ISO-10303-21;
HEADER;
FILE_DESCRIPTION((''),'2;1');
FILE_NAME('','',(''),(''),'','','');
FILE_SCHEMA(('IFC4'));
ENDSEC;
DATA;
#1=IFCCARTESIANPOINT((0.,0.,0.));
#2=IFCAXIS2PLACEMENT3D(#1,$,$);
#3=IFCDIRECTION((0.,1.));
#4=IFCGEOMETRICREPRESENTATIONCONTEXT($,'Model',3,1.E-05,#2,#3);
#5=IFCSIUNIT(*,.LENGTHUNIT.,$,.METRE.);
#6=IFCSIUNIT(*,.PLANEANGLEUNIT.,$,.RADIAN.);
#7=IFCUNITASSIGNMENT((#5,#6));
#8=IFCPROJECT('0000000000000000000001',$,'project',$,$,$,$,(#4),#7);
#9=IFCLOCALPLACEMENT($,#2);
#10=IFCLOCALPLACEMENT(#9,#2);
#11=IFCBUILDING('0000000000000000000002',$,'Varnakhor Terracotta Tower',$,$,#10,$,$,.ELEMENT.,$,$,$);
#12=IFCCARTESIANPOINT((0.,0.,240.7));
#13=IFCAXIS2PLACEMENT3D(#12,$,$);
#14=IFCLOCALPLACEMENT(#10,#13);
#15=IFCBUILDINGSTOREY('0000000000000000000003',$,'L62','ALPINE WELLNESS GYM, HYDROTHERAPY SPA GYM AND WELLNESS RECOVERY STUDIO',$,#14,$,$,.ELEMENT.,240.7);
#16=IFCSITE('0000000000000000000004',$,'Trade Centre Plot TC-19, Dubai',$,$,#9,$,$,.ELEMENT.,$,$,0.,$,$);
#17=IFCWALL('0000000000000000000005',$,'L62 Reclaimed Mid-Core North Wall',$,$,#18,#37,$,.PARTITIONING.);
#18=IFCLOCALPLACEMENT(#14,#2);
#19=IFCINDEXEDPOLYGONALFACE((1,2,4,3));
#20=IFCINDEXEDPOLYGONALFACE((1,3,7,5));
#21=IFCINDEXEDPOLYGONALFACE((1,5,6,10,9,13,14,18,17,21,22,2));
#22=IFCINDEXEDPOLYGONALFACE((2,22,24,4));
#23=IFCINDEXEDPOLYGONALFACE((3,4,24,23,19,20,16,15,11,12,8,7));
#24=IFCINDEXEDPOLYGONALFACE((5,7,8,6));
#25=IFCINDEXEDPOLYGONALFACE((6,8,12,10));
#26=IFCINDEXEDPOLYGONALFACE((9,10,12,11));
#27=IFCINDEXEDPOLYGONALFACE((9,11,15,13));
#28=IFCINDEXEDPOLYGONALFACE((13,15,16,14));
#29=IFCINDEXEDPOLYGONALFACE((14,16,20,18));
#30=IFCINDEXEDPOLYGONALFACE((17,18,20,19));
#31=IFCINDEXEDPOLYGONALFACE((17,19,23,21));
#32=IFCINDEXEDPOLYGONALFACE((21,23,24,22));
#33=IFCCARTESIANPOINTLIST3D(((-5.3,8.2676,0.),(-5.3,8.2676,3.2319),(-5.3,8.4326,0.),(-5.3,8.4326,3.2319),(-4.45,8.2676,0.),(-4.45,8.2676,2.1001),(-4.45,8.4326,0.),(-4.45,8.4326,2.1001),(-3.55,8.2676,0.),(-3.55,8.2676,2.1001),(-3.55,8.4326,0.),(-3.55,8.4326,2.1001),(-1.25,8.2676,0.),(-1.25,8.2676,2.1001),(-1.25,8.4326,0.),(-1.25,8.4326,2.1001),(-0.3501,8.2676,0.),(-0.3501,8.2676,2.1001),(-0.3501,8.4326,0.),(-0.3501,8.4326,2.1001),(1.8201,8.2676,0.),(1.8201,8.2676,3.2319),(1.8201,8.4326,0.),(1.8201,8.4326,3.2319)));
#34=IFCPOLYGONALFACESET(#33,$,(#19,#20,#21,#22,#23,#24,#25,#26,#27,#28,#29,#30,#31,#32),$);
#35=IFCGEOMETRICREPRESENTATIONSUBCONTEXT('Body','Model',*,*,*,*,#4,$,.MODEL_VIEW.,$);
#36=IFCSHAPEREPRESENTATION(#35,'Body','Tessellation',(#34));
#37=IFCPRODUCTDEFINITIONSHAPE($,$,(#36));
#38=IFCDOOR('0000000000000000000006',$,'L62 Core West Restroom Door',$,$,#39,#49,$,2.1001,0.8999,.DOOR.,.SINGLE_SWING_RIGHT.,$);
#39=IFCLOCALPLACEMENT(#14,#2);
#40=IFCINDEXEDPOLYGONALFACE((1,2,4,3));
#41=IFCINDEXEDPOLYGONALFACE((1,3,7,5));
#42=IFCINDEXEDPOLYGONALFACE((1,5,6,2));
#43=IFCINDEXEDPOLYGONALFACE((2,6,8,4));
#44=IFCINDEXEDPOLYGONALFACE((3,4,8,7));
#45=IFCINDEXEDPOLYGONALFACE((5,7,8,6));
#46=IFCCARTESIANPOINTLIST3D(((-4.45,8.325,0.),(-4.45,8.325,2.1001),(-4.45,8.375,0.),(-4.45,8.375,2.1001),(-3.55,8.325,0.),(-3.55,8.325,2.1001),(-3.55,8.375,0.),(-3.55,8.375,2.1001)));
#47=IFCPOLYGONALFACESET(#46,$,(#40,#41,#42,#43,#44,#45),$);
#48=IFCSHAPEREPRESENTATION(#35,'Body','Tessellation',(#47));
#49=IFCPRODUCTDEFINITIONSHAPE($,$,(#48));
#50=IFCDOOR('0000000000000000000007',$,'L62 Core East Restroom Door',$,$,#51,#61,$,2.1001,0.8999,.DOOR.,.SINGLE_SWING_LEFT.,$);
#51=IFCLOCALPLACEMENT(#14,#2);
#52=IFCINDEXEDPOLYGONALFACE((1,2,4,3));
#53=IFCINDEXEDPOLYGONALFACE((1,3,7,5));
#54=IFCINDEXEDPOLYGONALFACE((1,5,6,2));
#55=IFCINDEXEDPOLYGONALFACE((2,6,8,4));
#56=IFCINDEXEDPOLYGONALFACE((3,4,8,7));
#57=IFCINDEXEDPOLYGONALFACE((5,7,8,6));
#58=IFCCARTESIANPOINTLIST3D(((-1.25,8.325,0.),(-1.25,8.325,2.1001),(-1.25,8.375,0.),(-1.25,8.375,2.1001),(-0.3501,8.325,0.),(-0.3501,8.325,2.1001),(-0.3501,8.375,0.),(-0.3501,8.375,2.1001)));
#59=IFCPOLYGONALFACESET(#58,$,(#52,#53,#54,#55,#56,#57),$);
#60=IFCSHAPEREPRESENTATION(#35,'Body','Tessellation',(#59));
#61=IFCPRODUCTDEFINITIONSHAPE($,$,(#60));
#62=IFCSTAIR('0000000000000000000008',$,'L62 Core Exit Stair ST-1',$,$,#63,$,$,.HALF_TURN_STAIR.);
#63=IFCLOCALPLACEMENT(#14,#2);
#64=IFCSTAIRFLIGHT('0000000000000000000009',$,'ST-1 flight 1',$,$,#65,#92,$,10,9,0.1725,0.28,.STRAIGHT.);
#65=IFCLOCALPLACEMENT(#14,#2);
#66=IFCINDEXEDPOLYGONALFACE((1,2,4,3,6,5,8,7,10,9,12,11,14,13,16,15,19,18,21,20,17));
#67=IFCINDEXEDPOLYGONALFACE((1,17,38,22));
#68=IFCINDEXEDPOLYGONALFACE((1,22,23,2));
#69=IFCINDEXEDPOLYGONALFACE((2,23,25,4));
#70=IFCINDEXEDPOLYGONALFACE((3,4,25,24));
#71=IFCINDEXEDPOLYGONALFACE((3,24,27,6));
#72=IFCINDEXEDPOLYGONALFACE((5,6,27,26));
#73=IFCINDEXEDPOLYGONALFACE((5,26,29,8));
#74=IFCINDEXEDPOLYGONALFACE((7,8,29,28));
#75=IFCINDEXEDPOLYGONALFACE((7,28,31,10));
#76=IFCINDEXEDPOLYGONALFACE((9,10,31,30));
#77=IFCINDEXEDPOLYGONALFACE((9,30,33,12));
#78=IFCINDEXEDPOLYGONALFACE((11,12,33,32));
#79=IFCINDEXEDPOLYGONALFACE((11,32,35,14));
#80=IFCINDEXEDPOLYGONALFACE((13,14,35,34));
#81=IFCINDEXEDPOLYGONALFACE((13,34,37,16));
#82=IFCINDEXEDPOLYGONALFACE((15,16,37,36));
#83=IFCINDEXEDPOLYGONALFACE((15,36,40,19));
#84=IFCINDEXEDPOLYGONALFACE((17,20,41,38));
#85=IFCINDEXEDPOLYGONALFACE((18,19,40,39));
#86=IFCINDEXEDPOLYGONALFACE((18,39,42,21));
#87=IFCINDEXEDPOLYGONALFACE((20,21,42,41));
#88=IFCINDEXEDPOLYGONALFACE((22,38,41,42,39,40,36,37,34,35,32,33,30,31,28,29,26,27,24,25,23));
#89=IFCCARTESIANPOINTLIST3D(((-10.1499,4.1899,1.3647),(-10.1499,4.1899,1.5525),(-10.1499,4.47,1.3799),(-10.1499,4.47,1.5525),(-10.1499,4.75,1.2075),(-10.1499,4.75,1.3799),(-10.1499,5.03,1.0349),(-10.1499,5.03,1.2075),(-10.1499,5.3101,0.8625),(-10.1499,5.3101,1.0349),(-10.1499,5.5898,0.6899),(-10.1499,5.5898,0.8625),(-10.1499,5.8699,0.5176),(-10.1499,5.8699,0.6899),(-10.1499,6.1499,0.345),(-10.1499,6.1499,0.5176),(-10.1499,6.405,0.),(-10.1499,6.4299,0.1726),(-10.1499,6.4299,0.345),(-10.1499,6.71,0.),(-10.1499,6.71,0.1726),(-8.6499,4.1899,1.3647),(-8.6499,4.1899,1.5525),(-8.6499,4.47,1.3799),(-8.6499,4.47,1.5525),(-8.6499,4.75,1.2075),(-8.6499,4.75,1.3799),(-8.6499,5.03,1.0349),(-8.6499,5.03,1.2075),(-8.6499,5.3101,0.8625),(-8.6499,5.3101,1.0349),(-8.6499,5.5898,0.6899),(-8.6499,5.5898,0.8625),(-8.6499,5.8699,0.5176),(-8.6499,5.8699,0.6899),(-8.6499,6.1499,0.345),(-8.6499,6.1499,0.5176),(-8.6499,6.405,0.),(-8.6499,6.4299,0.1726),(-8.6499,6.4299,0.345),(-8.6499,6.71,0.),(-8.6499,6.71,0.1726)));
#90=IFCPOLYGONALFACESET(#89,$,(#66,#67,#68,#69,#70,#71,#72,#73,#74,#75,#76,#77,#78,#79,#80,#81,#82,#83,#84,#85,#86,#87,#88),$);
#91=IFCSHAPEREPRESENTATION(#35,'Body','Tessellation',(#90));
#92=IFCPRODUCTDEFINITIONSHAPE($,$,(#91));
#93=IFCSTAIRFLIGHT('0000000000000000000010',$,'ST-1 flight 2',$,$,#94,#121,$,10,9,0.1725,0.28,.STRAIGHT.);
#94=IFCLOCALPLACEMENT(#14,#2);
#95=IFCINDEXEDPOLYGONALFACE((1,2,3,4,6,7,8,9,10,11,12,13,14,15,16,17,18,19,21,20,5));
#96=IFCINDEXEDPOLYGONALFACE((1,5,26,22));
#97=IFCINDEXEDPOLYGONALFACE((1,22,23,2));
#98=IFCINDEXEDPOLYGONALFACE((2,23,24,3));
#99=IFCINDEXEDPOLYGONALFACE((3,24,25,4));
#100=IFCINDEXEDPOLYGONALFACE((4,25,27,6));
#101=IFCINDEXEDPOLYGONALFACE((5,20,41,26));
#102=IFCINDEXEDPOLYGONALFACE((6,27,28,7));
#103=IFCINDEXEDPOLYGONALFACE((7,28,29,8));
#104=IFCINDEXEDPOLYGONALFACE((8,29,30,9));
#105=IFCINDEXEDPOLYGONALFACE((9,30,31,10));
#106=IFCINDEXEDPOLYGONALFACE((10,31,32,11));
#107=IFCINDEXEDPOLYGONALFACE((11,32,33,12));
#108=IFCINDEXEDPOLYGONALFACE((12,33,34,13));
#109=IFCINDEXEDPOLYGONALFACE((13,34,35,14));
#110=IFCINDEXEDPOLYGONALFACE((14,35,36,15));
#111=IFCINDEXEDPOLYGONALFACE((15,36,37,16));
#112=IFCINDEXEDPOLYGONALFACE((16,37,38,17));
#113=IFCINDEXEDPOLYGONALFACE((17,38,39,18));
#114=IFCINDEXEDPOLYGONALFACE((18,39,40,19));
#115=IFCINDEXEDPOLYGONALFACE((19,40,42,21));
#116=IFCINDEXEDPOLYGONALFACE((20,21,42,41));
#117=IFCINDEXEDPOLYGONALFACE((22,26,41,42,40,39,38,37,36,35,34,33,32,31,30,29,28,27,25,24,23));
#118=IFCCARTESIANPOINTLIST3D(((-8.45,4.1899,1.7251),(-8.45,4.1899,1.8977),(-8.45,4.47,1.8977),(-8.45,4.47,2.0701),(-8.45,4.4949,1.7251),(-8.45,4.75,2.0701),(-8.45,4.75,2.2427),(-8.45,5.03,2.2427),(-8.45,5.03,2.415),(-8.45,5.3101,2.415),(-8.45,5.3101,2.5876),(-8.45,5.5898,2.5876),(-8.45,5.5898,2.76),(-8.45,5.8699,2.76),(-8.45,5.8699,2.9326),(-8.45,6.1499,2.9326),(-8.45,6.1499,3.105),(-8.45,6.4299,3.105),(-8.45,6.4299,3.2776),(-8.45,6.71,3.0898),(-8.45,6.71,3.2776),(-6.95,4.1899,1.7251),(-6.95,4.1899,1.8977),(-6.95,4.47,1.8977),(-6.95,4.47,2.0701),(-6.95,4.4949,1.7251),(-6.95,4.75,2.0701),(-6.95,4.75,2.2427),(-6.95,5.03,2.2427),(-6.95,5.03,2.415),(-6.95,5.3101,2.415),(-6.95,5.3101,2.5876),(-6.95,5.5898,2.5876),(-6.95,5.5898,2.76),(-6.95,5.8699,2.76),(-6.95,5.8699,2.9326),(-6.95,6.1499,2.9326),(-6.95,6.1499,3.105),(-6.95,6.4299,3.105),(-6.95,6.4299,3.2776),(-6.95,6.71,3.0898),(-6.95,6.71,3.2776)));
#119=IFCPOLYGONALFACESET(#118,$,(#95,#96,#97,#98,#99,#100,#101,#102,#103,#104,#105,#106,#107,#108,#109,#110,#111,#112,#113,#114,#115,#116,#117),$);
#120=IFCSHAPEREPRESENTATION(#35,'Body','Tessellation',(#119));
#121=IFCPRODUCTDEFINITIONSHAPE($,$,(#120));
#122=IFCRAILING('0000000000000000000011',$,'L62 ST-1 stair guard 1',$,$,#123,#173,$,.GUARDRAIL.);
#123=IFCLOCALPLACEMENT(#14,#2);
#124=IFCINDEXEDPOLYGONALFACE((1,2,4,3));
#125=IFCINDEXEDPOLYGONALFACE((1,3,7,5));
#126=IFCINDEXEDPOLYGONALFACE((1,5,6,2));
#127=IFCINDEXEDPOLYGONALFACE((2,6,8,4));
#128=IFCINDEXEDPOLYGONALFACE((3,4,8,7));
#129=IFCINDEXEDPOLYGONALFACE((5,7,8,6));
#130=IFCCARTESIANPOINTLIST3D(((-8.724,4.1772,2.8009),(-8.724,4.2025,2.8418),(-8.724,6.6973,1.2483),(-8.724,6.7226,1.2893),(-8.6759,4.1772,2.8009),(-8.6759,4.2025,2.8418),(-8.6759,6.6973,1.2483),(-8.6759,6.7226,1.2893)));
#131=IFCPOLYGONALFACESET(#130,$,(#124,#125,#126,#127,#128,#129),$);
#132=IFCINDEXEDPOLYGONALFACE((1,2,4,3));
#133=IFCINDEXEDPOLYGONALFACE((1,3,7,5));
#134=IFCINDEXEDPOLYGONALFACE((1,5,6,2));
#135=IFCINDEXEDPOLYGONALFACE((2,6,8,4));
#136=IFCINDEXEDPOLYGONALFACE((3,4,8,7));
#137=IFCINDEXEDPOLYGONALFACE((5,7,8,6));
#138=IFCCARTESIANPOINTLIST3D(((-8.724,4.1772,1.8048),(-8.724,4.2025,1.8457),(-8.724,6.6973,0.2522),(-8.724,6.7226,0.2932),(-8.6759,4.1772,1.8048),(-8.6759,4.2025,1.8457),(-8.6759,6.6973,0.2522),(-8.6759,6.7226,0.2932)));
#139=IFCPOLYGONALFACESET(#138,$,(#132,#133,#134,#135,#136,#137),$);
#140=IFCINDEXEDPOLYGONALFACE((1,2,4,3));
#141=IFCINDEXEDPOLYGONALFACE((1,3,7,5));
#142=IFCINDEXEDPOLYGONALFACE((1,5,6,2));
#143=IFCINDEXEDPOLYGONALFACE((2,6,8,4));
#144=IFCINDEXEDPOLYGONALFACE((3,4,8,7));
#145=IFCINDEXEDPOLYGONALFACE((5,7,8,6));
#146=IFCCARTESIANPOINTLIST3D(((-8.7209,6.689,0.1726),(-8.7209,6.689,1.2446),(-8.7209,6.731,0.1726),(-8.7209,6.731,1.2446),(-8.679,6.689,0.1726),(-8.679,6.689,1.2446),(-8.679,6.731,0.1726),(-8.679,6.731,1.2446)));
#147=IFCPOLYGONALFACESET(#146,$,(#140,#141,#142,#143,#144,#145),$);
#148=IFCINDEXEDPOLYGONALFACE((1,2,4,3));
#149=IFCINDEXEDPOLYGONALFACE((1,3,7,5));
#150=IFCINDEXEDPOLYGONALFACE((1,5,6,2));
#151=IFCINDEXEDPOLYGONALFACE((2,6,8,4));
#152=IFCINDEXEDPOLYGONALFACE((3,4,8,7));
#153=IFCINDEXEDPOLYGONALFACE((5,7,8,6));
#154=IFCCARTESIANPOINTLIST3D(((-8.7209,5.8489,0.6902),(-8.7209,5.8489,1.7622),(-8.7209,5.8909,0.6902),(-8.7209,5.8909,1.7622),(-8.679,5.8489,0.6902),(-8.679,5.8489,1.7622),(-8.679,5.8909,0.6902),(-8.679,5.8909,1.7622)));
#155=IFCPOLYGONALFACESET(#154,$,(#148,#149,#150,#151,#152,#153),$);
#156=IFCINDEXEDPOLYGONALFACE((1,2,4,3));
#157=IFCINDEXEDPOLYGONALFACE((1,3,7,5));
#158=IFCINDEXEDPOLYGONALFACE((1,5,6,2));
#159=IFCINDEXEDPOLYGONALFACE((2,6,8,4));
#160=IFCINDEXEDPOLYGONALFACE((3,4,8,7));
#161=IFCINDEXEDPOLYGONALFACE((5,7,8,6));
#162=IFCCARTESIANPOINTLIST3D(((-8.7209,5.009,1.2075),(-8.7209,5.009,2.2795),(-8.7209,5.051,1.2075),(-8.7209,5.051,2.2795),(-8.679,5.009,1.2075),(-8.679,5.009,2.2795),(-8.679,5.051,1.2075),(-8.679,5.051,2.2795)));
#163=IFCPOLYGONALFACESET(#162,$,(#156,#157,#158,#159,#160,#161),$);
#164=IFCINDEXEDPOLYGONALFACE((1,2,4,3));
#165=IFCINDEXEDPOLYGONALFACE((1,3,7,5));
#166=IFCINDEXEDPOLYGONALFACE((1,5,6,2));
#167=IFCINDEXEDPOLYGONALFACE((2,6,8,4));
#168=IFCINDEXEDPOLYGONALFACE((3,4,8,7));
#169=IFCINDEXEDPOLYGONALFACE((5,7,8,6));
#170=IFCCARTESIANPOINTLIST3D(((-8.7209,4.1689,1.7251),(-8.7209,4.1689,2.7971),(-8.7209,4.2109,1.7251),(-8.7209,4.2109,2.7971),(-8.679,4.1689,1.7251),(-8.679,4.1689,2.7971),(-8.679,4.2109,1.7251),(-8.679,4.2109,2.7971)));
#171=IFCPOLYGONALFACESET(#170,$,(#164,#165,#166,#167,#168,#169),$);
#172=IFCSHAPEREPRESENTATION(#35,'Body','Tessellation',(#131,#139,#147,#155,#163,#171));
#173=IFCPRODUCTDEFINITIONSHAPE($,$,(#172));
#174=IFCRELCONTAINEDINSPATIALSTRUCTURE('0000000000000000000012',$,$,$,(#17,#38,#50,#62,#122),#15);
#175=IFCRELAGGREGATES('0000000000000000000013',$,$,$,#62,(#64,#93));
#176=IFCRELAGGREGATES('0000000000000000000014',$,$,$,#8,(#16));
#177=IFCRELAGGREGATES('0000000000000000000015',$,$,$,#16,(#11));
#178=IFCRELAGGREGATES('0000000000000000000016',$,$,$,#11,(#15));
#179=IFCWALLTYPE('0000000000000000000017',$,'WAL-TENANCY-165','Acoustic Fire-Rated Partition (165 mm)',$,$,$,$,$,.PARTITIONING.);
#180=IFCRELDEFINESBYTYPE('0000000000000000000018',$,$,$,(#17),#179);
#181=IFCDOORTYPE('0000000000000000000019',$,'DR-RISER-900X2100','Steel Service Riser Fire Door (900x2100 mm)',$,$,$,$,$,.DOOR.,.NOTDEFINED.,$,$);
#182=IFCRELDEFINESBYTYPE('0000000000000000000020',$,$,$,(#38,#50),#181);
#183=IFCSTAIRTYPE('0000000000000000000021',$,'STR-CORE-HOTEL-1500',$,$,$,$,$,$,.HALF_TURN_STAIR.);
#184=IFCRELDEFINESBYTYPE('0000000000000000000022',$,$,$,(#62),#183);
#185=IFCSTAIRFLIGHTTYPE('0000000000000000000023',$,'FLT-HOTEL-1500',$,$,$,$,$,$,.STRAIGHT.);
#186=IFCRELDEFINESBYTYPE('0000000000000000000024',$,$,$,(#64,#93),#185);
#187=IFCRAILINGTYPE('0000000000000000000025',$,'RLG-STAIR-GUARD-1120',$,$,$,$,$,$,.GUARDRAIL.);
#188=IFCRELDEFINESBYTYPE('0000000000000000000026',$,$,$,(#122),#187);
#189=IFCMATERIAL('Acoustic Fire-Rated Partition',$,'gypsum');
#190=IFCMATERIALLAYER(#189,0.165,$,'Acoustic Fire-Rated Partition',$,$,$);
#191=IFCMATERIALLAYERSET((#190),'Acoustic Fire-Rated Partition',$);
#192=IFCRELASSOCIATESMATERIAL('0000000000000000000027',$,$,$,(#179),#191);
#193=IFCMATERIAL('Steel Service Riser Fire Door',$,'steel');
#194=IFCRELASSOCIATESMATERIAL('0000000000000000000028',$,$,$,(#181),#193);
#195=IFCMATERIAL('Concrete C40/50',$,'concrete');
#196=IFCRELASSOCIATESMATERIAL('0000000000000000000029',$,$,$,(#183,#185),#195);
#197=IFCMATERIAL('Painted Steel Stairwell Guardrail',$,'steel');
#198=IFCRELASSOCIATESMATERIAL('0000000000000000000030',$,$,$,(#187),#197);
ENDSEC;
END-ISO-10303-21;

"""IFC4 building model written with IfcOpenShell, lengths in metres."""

from ifc_helpers import new_model, si_unit, direction, frame, frame_2d, origin, origin_2d, place, context, subcontext, project, spatial, polyline, rectangle, outline, extrude, source, transform, mapped, material, layer, layer_set, type_object, type_shapes, element, fill, aggregate, save


model = new_model("IFC4")

# Units and contexts
model_context = context("Model", 3, precision=1e-05, world=origin(), true_north=direction((0.0, 1.0)))
body_context = subcontext(model_context, "Body", "Model", "MODEL_VIEW")
ifc_project = project(units=[si_unit("LENGTHUNIT", "METRE"), si_unit("PLANEANGLEUNIT", "RADIAN")], contexts=[model_context])

# Site, building, storey
site_placement = place(None, origin())
site = spatial("IfcSite", under=ifc_project, at=site_placement, Name="Trade Centre Plot TC-19, Dubai", CompositionType="ELEMENT", RefElevation=0.0)
building_placement = place(site_placement, origin())
building = spatial("IfcBuilding", under=site, at=building_placement, Name="Varnakhor Terracotta Tower", CompositionType="ELEMENT")
storey_placement = place(building_placement, frame((0.0, 0.0, 240.7)))
storey = spatial("IfcBuildingStorey", under=building, at=storey_placement, Name="L62", Description="ALPINE WELLNESS GYM, HYDROTHERAPY SPA GYM AND WELLNESS RECOVERY STUDIO", CompositionType="ELEMENT", Elevation=240.7)

# Shared definitions
ifc_material_1 = material(Name="Concrete C40/50", Category="concrete")

# Shared definitions
ifc_material_2 = material(Name="Acoustic Fire-Rated Partition", Category="gypsum")
ifc_layer_1 = layer(ifc_material_2, 0.165, Name="Acoustic Fire-Rated Partition")
ifc_layer_set_1 = layer_set([ifc_layer_1], Name="Acoustic Fire-Rated Partition")
wall_type_1 = type_object("IfcWallType", Name="WAL-TENANCY-165", Description="Acoustic Fire-Rated Partition (165 mm)", PredefinedType="PARTITIONING", material=ifc_layer_set_1)
ifc_material_3 = material(Name="Steel Service Riser Fire Door", Category="steel")
door_type_1 = type_object("IfcDoorType", Name="DR-RISER-900X2100", Description="Steel Service Riser Fire Door (900x2100 mm)", OperationType="NOTDEFINED", PredefinedType="DOOR", material=ifc_material_3)
shared_shape_1 = source(origin(), body_context, "Body", "SweptSolid", [
    extrude(rectangle(XDim=0.8999, YDim=2.1001, at=frame_2d((0.45, 1.05))), frame((0.0, 0.0249, 0.0), z_axis=(0.0, -1.0, 0.0), x_axis=(1.0, 0.0, 0.0)), (0.0, 0.0, 1.0), 0.05),
])
type_shapes(door_type_1, [shared_shape_1])

# Wall, openings, doors
wall_1_placement = place(storey_placement, frame((-5.3, 8.3501, 0.0), z_axis=(0.0, 0.0, 1.0), x_axis=(1.0, 0.0, 0.0)))
wall_1 = element("IfcWall", 1, at=wall_1_placement, inside=storey, type_object=wall_type_1, Name="L62 Reclaimed Mid-Core North Wall", PredefinedType="PARTITIONING", context=body_context, shape_type="SweptSolid", body=[
    extrude(rectangle(XDim=7.1201, YDim=0.165, at=frame_2d((3.5601, 0.0))), origin(), (0.0, 0.0, 1.0), 3.2319),
])
opening_1_placement = place(wall_1_placement, frame((0.8501, 0.0, 0.0)))
opening_1 = element("IfcOpeningElement", 2, at=opening_1_placement, cuts=wall_1, PredefinedType="OPENING", context=body_context, shape_type="SweptSolid", body=[
    extrude(rectangle(XDim=0.8999, YDim=2.1001, at=frame_2d((0.45, 1.05))), frame((0.0, 0.0925, 0.0), z_axis=(0.0, -1.0, 0.0), x_axis=(1.0, 0.0, 0.0)), (0.0, 0.0, 1.0), 0.1851),
])
opening_2_placement = place(wall_1_placement, frame((4.05, 0.0, 0.0)))
opening_2 = element("IfcOpeningElement", 3, at=opening_2_placement, cuts=wall_1, PredefinedType="OPENING", context=body_context, shape_type="SweptSolid", body=[
    extrude(rectangle(XDim=0.8999, YDim=2.1001, at=frame_2d((0.45, 1.05))), frame((0.0, 0.0925, 0.0), z_axis=(0.0, -1.0, 0.0), x_axis=(1.0, 0.0, 0.0)), (0.0, 0.0, 1.0), 0.1851),
])
door_1_placement = place(opening_1_placement, origin())
door_1 = element("IfcDoor", 4, at=door_1_placement, inside=storey, type_object=door_type_1, Name="L62 Core West Restroom Door", OperationType="SINGLE_SWING_RIGHT", OverallHeight=2.1001, OverallWidth=0.8999, PredefinedType="DOOR", context=body_context, shape_type="MappedRepresentation", body=[
    mapped(shared_shape_1, transform((0.0, 0.0, 0.0), scale=1.0)),
])
fill(opening_1, door_1)
door_2_placement = place(opening_2_placement, origin())
door_2 = element("IfcDoor", 5, at=door_2_placement, inside=storey, type_object=door_type_1, Name="L62 Core East Restroom Door", OperationType="SINGLE_SWING_LEFT", OverallHeight=2.1001, OverallWidth=0.8999, PredefinedType="DOOR", context=body_context, shape_type="MappedRepresentation", body=[
    mapped(shared_shape_1, transform((0.0, 0.0, 0.0), scale=1.0)),
])
fill(opening_2, door_2)

# Stair, stair flights
stair_type = type_object("IfcStairType", Name="STR-CORE-HOTEL-1500", PredefinedType="HALF_TURN_STAIR", material=ifc_material_1)
stair_placement = place(storey_placement, origin())
stair = element("IfcStair", 6, at=stair_placement, inside=storey, type_object=stair_type, Name="L62 Core Exit Stair ST-1", PredefinedType="HALF_TURN_STAIR")
stair_flight_type = type_object("IfcStairFlightType", Name="FLT-HOTEL-1500", PredefinedType="STRAIGHT", material=ifc_material_1)
stair_flight_1_placement = place(storey_placement, frame((-9.3999, 6.71, 0.0), z_axis=(0.0, 0.0, 1.0), x_axis=(0.0, -1.0, 0.0)))
stair_flight_1 = element("IfcStairFlight", 7, at=stair_flight_1_placement, type_object=stair_flight_type, Name="ST-1 flight 1", NumberOfRisers=10, NumberOfTreads=9, PredefinedType="STRAIGHT", RiserHeight=0.1725, TreadLength=0.28, context=body_context, shape_type="SweptSolid", body=[
    extrude(outline(polyline([(0.0, 0.0), (0.0, 0.1726), (0.28, 0.1726), (0.28, 0.345), (0.5601, 0.345), (0.5601, 0.5176), (0.8401, 0.5176), (0.8401, 0.6899), (1.1201, 0.6899), (1.1201, 0.8625), (1.3999, 0.8625), (1.3999, 1.0349), (1.6799, 1.0349), (1.6799, 1.2075), (1.96, 1.2075), (1.96, 1.3799), (2.24, 1.3799), (2.24, 1.5525), (2.52, 1.5525), (2.52, 1.7251), (2.52, 1.3647), (0.3049, 0.0), (0.0, 0.0)])), frame((0.0, 0.75, 0.0), z_axis=(0.0, -1.0, 0.0), x_axis=(1.0, 0.0, 0.0)), (0.0, 0.0, 1.0), 1.5),
])
stair_flight_2_placement = place(storey_placement, frame((-7.7, 4.1899, 1.7251), z_axis=(0.0, 0.0, 1.0), x_axis=(0.0, 1.0, 0.0)))
stair_flight_2 = element("IfcStairFlight", 8, at=stair_flight_2_placement, type_object=stair_flight_type, Name="ST-1 flight 2", NumberOfRisers=10, NumberOfTreads=9, PredefinedType="STRAIGHT", RiserHeight=0.1725, TreadLength=0.28, context=body_context, shape_type="SweptSolid", body=[
    extrude(outline(polyline([(0.0, 0.0), (0.0, 0.1726), (0.28, 0.1726), (0.28, 0.345), (0.5601, 0.345), (0.5601, 0.5176), (0.8401, 0.5176), (0.8401, 0.6899), (1.1201, 0.6899), (1.1201, 0.8625), (1.3999, 0.8625), (1.3999, 1.0349), (1.6799, 1.0349), (1.6799, 1.2075), (1.96, 1.2075), (1.96, 1.3799), (2.24, 1.3799), (2.24, 1.5525), (2.52, 1.5525), (2.52, 1.7251), (2.52, 1.3647), (0.3049, 0.0), (0.0, 0.0)])), frame((0.0, 0.75, 0.0), z_axis=(0.0, -1.0, 0.0), x_axis=(1.0, 0.0, 0.0)), (0.0, 0.0, 1.0), 1.5),
])
aggregate(stair, [stair_flight_1, stair_flight_2])

# Railing
ifc_material_4 = material(Name="Painted Steel Stairwell Guardrail", Category="steel")
railing_type_1 = type_object("IfcRailingType", Name="RLG-STAIR-GUARD-1120", PredefinedType="GUARDRAIL", material=ifc_material_4)
railing_1_placement = place(storey_placement, frame((-8.7, 6.71, 0.1726)))
element("IfcRailing", 9, at=railing_1_placement, inside=storey, type_object=railing_type_1, Name="L62 ST-1 stair guard 1", PredefinedType="GUARDRAIL", context=body_context, shape_type="SweptSolid", body=[
    extrude(rectangle(XDim=0.0481, YDim=0.0481, at=origin_2d()), frame((0.0, 0.0, 1.0962), z_axis=(0.0, -0.8514, 0.524516), x_axis=(1.0, 0.0, 0.0)), (0.0, 0.0, 1.0), 2.96),
    extrude(rectangle(XDim=0.0481, YDim=0.0481, at=origin_2d()), frame((0.0, 0.0, 0.1001), z_axis=(0.0, -0.8514, 0.524516), x_axis=(1.0, 0.0, 0.0)), (0.0, 0.0, 1.0), 2.96),
    extrude(rectangle(XDim=0.042, YDim=0.042, at=origin_2d()), origin(), (0.0, 0.0, 1.0), 1.072),
    extrude(rectangle(XDim=0.042, YDim=0.042, at=origin_2d()), frame((0.0, -0.8401, 0.5176)), (0.0, 0.0, 1.0), 1.072),
    extrude(rectangle(XDim=0.042, YDim=0.042, at=origin_2d()), frame((0.0, -1.6799, 1.0349)), (0.0, 0.0, 1.0), 1.072),
    extrude(rectangle(XDim=0.042, YDim=0.042, at=origin_2d()), frame((0.0, -2.52, 1.5525)), (0.0, 0.0, 1.0), 1.072),
])

save(model, "model.ifc")
